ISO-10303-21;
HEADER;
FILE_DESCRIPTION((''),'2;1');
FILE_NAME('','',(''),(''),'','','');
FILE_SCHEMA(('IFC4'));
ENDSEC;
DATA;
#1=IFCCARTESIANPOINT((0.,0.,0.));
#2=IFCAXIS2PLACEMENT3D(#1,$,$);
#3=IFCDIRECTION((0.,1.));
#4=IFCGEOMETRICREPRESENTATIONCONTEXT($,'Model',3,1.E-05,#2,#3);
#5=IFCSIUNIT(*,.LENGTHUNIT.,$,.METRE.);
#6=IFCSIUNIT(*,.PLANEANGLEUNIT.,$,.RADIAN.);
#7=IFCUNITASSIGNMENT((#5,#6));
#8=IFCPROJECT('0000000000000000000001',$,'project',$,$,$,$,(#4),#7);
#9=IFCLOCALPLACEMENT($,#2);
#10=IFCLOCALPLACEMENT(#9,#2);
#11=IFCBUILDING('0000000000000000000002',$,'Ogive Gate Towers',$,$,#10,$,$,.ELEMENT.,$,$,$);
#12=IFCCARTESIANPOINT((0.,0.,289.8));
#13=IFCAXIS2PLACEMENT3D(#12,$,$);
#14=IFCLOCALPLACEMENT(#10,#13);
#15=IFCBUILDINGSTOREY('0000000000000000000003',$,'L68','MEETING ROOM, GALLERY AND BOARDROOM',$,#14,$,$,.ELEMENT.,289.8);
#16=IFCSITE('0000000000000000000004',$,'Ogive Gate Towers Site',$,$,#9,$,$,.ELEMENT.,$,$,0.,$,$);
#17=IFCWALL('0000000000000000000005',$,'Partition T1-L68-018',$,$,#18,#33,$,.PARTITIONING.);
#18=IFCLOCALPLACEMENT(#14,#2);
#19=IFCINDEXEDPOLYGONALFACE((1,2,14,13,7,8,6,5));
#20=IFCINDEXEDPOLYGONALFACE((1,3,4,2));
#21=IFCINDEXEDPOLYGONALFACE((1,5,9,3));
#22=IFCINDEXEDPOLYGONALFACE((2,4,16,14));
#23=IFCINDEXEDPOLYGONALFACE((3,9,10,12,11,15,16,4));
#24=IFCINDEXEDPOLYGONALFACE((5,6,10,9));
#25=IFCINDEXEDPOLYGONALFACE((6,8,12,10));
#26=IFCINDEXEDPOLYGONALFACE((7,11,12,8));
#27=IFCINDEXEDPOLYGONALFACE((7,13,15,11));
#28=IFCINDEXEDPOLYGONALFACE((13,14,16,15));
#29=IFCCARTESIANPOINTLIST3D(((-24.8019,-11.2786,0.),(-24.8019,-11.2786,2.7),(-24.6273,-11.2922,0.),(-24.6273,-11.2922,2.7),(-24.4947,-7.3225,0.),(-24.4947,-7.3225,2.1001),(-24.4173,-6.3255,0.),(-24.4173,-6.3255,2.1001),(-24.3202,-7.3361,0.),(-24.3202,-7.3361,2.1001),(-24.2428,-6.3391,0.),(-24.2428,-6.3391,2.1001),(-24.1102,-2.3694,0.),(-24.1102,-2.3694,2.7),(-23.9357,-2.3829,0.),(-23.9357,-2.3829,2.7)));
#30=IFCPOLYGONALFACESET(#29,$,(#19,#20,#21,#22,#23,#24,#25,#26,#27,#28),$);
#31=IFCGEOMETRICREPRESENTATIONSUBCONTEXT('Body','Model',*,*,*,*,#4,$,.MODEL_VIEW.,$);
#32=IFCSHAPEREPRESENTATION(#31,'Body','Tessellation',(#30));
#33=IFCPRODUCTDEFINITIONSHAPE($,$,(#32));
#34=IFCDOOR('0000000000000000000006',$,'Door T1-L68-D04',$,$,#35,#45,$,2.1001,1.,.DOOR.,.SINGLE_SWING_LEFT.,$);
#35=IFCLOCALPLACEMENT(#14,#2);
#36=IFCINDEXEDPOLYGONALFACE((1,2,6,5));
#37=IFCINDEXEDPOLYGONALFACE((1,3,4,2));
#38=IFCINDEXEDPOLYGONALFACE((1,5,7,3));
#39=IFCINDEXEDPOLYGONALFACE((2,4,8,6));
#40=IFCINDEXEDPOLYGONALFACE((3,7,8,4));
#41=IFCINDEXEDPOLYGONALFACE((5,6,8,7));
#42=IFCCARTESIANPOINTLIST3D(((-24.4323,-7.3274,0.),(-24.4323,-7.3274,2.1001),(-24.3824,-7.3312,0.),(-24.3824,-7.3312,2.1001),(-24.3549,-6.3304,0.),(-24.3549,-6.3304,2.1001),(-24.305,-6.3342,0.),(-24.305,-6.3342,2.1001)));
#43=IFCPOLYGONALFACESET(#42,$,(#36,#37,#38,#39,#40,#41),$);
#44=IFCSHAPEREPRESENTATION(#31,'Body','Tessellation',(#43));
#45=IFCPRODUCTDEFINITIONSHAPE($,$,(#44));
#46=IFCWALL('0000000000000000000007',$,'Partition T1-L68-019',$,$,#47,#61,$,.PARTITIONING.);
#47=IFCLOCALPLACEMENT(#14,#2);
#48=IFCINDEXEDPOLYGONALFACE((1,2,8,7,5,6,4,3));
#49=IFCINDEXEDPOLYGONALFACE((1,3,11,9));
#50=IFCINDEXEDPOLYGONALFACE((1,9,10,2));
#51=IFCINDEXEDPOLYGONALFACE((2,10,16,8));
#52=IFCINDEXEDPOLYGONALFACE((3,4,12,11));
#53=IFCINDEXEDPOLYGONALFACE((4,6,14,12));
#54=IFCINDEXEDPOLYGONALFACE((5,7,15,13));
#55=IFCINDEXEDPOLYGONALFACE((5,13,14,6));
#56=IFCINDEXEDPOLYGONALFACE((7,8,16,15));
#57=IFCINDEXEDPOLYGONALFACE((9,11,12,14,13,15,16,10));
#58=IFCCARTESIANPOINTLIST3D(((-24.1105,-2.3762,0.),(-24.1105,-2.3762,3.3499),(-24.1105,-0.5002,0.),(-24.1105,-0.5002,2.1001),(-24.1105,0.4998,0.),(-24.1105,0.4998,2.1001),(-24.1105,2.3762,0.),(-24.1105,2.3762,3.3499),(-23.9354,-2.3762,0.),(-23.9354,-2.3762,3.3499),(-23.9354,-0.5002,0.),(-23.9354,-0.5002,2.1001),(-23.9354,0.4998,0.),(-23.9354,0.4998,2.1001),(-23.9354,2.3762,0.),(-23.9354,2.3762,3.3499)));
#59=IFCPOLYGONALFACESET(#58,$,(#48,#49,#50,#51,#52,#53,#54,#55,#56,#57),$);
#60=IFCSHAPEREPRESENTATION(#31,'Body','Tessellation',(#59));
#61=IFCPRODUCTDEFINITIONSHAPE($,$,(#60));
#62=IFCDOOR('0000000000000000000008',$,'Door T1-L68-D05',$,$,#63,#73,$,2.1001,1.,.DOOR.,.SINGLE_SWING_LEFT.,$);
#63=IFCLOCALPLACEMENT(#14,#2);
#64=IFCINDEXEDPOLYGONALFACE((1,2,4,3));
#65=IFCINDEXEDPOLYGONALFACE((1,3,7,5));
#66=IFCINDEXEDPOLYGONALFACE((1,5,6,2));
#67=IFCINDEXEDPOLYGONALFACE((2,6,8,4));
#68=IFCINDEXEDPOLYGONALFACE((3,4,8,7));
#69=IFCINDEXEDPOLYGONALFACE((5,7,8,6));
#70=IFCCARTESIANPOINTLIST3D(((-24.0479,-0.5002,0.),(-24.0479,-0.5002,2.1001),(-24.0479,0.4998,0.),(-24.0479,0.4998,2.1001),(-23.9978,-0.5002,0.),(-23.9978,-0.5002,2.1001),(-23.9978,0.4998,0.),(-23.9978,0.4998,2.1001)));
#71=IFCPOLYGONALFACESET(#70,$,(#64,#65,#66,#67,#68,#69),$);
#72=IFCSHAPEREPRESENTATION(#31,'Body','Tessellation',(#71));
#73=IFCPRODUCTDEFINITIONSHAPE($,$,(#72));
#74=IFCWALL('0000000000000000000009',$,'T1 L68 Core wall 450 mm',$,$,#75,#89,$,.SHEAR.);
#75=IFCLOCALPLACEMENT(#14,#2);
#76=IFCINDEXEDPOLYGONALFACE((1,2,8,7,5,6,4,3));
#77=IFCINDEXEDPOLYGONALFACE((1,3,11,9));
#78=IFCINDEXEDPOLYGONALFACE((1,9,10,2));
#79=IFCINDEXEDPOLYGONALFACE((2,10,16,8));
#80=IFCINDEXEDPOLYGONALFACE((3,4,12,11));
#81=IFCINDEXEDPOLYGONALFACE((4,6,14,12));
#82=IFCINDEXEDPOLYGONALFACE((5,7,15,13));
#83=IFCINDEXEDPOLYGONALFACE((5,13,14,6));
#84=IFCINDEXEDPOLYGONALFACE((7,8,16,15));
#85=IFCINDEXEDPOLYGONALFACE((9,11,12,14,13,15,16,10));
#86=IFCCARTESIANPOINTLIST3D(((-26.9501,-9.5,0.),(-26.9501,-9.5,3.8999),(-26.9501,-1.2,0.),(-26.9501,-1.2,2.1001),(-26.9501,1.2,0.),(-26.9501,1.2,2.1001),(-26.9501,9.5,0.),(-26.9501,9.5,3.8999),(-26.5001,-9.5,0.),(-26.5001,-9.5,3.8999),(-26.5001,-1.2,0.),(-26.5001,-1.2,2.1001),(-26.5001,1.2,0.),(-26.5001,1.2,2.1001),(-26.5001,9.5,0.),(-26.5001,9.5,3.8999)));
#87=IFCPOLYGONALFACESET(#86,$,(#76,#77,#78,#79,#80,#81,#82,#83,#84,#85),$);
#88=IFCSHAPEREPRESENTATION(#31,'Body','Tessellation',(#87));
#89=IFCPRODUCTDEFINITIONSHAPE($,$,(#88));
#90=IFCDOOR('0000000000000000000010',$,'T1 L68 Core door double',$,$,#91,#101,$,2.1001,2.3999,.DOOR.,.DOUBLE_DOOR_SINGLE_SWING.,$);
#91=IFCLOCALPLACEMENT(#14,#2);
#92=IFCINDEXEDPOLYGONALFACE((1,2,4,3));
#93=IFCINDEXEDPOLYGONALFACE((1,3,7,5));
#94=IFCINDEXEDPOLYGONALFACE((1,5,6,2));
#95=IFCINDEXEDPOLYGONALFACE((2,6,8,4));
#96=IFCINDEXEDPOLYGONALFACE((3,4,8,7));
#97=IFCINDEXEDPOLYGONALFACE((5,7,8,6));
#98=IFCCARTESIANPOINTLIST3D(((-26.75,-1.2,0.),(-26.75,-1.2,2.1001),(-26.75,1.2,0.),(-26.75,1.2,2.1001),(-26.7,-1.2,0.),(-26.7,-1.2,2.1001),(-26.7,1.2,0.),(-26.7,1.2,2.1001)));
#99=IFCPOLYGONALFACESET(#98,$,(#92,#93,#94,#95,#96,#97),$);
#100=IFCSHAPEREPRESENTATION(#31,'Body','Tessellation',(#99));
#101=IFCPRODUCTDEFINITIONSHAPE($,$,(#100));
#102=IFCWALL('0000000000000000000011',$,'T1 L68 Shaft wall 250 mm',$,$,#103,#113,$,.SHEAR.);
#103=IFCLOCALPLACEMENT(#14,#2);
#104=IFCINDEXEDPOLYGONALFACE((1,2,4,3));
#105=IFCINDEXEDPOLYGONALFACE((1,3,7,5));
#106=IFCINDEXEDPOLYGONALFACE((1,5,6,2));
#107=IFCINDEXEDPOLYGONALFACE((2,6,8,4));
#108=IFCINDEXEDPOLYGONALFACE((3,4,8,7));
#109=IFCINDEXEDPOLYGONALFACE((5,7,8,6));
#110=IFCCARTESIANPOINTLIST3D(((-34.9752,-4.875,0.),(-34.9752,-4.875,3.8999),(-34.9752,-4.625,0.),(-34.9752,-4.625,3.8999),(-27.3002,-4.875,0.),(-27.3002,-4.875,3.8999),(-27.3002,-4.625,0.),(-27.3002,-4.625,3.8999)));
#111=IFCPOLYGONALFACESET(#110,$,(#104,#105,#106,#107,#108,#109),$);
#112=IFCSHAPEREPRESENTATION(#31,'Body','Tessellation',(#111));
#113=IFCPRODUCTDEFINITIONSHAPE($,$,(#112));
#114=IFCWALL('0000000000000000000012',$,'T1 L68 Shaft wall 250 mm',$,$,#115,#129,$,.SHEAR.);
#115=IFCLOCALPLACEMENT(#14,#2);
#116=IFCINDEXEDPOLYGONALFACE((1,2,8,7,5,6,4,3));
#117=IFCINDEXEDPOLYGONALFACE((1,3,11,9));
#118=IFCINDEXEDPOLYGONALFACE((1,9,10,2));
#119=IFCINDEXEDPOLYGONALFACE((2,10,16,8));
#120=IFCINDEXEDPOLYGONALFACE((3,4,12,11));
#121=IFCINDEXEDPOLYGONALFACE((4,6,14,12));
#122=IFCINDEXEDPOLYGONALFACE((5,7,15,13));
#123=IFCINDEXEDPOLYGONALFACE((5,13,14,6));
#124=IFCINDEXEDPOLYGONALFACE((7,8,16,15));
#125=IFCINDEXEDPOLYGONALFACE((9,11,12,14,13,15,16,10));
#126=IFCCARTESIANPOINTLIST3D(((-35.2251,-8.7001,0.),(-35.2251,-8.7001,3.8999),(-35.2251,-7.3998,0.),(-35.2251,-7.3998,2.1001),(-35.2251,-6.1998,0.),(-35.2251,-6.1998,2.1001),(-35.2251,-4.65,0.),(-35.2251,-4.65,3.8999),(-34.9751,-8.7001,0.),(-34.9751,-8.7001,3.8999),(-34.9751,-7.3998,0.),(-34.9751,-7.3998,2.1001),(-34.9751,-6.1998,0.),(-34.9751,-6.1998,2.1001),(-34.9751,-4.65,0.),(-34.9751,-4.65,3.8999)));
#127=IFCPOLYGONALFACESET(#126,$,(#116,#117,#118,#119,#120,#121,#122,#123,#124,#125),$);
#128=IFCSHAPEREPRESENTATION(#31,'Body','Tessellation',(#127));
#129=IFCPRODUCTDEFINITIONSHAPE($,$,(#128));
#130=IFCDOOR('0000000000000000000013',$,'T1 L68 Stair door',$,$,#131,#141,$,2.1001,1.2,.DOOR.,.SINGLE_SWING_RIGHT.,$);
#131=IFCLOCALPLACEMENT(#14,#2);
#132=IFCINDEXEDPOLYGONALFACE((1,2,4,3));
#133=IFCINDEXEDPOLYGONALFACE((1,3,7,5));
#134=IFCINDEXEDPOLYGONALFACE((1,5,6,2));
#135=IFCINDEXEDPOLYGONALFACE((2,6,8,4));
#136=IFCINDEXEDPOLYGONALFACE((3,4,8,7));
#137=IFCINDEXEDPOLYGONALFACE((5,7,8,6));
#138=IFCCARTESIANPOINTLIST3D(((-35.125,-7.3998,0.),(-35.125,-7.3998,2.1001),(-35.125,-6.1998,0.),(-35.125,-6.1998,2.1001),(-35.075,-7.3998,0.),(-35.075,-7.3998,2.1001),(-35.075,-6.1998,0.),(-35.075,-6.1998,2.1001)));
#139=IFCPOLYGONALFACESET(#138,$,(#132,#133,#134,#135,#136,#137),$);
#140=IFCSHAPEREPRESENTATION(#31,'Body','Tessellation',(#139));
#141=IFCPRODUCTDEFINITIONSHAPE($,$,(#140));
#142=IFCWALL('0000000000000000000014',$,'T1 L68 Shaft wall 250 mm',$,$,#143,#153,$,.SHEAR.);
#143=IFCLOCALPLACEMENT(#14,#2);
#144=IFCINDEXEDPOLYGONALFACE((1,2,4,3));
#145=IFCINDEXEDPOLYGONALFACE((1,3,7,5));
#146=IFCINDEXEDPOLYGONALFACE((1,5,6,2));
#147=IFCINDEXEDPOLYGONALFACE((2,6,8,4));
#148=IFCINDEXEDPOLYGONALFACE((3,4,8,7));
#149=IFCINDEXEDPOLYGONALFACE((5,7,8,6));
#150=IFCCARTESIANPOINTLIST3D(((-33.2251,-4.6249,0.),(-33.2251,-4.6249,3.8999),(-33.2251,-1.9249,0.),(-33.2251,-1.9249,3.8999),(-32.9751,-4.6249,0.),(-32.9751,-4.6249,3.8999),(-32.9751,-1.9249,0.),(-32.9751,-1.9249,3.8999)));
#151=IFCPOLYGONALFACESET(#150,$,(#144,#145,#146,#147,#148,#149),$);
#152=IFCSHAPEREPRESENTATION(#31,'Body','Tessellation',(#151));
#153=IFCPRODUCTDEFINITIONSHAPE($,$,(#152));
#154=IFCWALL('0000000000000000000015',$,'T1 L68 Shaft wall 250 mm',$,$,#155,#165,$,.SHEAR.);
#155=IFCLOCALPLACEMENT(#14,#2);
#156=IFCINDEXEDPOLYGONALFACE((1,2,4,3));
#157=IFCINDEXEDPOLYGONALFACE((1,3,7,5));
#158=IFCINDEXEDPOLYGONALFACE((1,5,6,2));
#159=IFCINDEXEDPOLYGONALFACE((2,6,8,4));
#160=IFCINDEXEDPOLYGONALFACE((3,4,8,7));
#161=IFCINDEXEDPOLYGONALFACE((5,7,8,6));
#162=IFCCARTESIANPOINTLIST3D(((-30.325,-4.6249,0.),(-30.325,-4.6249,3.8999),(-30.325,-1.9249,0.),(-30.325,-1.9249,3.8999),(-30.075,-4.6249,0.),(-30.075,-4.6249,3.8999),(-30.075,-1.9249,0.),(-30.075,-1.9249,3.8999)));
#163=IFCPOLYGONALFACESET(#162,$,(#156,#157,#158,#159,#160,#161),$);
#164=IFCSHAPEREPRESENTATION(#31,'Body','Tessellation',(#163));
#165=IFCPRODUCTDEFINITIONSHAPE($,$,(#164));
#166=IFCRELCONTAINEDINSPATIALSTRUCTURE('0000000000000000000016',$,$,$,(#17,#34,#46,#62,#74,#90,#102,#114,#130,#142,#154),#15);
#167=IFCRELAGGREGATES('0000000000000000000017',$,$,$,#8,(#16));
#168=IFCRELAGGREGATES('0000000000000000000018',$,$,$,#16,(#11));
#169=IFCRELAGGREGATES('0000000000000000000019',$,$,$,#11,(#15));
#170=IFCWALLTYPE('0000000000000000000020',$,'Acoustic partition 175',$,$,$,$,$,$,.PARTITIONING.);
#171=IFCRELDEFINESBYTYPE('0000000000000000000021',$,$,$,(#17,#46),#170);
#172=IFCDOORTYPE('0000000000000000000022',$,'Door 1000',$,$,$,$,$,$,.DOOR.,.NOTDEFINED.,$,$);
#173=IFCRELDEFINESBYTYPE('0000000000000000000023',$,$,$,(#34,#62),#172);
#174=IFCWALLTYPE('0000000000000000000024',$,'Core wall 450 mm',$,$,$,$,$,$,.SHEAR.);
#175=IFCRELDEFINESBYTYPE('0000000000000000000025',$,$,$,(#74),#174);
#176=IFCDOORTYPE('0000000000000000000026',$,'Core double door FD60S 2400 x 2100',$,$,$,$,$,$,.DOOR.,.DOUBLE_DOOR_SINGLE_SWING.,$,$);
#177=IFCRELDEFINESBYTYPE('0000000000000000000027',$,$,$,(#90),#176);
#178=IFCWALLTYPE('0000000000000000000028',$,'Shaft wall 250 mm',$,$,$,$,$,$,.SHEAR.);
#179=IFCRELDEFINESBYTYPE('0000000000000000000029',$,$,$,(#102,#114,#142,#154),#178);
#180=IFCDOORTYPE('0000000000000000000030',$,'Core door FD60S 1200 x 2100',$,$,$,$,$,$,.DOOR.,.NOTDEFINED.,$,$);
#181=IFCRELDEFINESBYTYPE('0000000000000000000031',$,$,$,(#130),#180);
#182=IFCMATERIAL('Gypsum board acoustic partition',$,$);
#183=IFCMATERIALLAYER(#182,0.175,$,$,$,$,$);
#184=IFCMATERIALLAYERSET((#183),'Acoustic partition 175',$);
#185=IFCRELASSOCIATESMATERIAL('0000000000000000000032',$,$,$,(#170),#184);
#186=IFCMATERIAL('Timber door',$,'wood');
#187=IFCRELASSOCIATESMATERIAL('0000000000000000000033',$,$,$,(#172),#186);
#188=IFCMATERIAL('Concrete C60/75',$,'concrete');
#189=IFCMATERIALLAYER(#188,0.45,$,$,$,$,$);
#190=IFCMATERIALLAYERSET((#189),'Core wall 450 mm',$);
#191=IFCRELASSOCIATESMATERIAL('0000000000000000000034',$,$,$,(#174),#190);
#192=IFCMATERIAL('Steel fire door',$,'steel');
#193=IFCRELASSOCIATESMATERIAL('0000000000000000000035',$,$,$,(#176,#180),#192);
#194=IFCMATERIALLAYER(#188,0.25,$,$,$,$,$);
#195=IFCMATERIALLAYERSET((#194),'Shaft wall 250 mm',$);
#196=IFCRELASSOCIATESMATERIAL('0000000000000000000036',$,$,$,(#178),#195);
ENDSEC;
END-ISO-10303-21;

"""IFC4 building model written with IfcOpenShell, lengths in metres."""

from ifc_helpers import new_model, si_unit, direction, frame, frame_2d, origin, place, context, subcontext, project, spatial, rectangle, extrude, material, layer, layer_set, type_object, element, fill, save


model = new_model("IFC4")

# Units and contexts
model_context = context("Model", 3, precision=1e-05, world=origin(), true_north=direction((0.0, 1.0)))
body_context = subcontext(model_context, "Body", "Model", "MODEL_VIEW")
ifc_project = project(units=[si_unit("LENGTHUNIT", "METRE"), si_unit("PLANEANGLEUNIT", "RADIAN")], contexts=[model_context])

# Site, building, storey
site_placement = place(None, origin())
site = spatial("IfcSite", under=ifc_project, at=site_placement, Name="Ogive Gate Towers Site", CompositionType="ELEMENT", RefElevation=0.0)
building_placement = place(site_placement, origin())
building = spatial("IfcBuilding", under=site, at=building_placement, Name="Ogive Gate Towers", CompositionType="ELEMENT")
storey_placement = place(building_placement, frame((0.0, 0.0, 289.8)))
storey = spatial("IfcBuildingStorey", under=building, at=storey_placement, Name="L68", Description="MEETING ROOM, GALLERY AND BOARDROOM", CompositionType="ELEMENT", Elevation=289.8)

# Shared definitions
ifc_material_1 = material(Name="Gypsum board acoustic partition")
ifc_layer_1 = layer(ifc_material_1, 0.175)
ifc_layer_set_1 = layer_set([ifc_layer_1], Name="Acoustic partition 175")
wall_type_1 = type_object("IfcWallType", Name="Acoustic partition 175", PredefinedType="PARTITIONING", material=ifc_layer_set_1)

# Walls, openings, doors
ifc_material_2 = material(Name="Timber door", Category="wood")
door_type_1 = type_object("IfcDoorType", Name="Door 1000", OperationType="NOTDEFINED", PredefinedType="DOOR", material=ifc_material_2)
wall_1_placement = place(storey_placement, frame((-24.7146, -11.2854, 0.0), z_axis=(0.0, 0.0, 1.0), x_axis=(0.077401, 0.997, 0.0)))
wall_1 = element("IfcWall", 1, at=wall_1_placement, inside=storey, type_object=wall_type_1, Name="Partition T1-L68-018", PredefinedType="PARTITIONING", context=body_context, shape_type="SweptSolid", body=[
    extrude(rectangle(XDim=8.936, YDim=0.175, at=frame_2d((4.468, 0.0))), origin(), (0.0, 0.0, 1.0), 2.7),
])
opening_1_placement = place(wall_1_placement, frame((3.968, 0.0, 0.0)))
opening_1 = element("IfcOpeningElement", 2, at=opening_1_placement, cuts=wall_1, PredefinedType="OPENING", context=body_context, shape_type="SweptSolid", body=[
    extrude(rectangle(XDim=1.0, YDim=2.1001, at=frame_2d((0.5, 1.05))), frame((0.0, 0.0977, 0.0), z_axis=(0.0, -1.0, 0.0), x_axis=(1.0, 0.0, 0.0)), (0.0, 0.0, 1.0), 0.1951),
])
door_1_placement = place(opening_1_placement, origin())
door_1 = element("IfcDoor", 3, at=door_1_placement, inside=storey, type_object=door_type_1, Name="Door T1-L68-D04", OperationType="SINGLE_SWING_LEFT", OverallHeight=2.1001, OverallWidth=1.0, PredefinedType="DOOR", context=body_context, shape_type="SweptSolid", body=[
    extrude(rectangle(XDim=1.0, YDim=2.1001, at=frame_2d((0.5, 1.05))), frame((0.0, 0.0249, 0.0), z_axis=(0.0, -1.0, 0.0), x_axis=(1.0, 0.0, 0.0)), (0.0, 0.0, 1.0), 0.05),
])
fill(opening_1, door_1)
wall_2_placement = place(storey_placement, frame((-24.0229, -2.3762, 0.0), z_axis=(0.0, 0.0, 1.0), x_axis=(0.0, 1.0, 0.0)))
wall_2 = element("IfcWall", 4, at=wall_2_placement, inside=storey, type_object=wall_type_1, Name="Partition T1-L68-019", PredefinedType="PARTITIONING", context=body_context, shape_type="SweptSolid", body=[
    extrude(rectangle(XDim=4.7524, YDim=0.175, at=frame_2d((2.3762, 0.0))), origin(), (0.0, 0.0, 1.0), 3.3499),
])
opening_2_placement = place(wall_2_placement, frame((1.876, 0.0, 0.0)))
opening_2 = element("IfcOpeningElement", 5, at=opening_2_placement, cuts=wall_2, PredefinedType="OPENING", context=body_context, shape_type="SweptSolid", body=[
    extrude(rectangle(XDim=1.0, YDim=2.1001, at=frame_2d((0.5, 1.05))), frame((0.0, 0.0977, 0.0), z_axis=(0.0, -1.0, 0.0), x_axis=(1.0, 0.0, 0.0)), (0.0, 0.0, 1.0), 0.1951),
])
door_2_placement = place(opening_2_placement, origin())
door_2 = element("IfcDoor", 6, at=door_2_placement, inside=storey, type_object=door_type_1, Name="Door T1-L68-D05", OperationType="SINGLE_SWING_LEFT", OverallHeight=2.1001, OverallWidth=1.0, PredefinedType="DOOR", context=body_context, shape_type="SweptSolid", body=[
    extrude(rectangle(XDim=1.0, YDim=2.1001, at=frame_2d((0.5, 1.05))), frame((0.0, 0.0249, 0.0), z_axis=(0.0, -1.0, 0.0), x_axis=(1.0, 0.0, 0.0)), (0.0, 0.0, 1.0), 0.05),
])
fill(opening_2, door_2)
ifc_material_3 = material(Name="Concrete C60/75", Category="concrete")
ifc_layer_2 = layer(ifc_material_3, 0.45)
ifc_layer_set_2 = layer_set([ifc_layer_2], Name="Core wall 450 mm")
wall_type_2 = type_object("IfcWallType", Name="Core wall 450 mm", PredefinedType="SHEAR", material=ifc_layer_set_2)
wall_3_placement = place(storey_placement, frame((-26.7251, -9.5, 0.0), z_axis=(0.0, 0.0, 1.0), x_axis=(0.0, 1.0, 0.0)))
wall_3 = element("IfcWall", 7, at=wall_3_placement, inside=storey, type_object=wall_type_2, Name="T1 L68 Core wall 450 mm", PredefinedType="SHEAR", context=body_context, shape_type="SweptSolid", body=[
    extrude(rectangle(XDim=19.0, YDim=0.45, at=frame_2d((9.5, 0.0))), origin(), (0.0, 0.0, 1.0), 3.8999),
])
opening_3_placement = place(wall_3_placement, frame((8.3, 0.0, 0.0)))
opening_3 = element("IfcOpeningElement", 8, at=opening_3_placement, cuts=wall_3, PredefinedType="OPENING", context=body_context, shape_type="SweptSolid", body=[
    extrude(rectangle(XDim=2.3999, YDim=2.1001, at=frame_2d((1.2, 1.05))), frame((0.0, 0.2349, 0.0), z_axis=(0.0, -1.0, 0.0), x_axis=(1.0, 0.0, 0.0)), (0.0, 0.0, 1.0), 0.47),
])
ifc_material_4 = material(Name="Steel fire door", Category="steel")
door_type_2 = type_object("IfcDoorType", Name="Core double door FD60S 2400 x 2100", OperationType="DOUBLE_DOOR_SINGLE_SWING", PredefinedType="DOOR", material=ifc_material_4)
door_3_placement = place(opening_3_placement, origin())
door_3 = element("IfcDoor", 9, at=door_3_placement, inside=storey, type_object=door_type_2, Name="T1 L68 Core door double", OperationType="DOUBLE_DOOR_SINGLE_SWING", OverallHeight=2.1001, OverallWidth=2.3999, PredefinedType="DOOR", context=body_context, shape_type="SweptSolid", body=[
    extrude(rectangle(XDim=2.3999, YDim=2.1001, at=frame_2d((1.2, 1.05))), frame((0.0, 0.0249, 0.0), z_axis=(0.0, -1.0, 0.0), x_axis=(1.0, 0.0, 0.0)), (0.0, 0.0, 1.0), 0.05),
])
fill(opening_3, door_3)

# Wall
ifc_layer_3 = layer(ifc_material_3, 0.25)
ifc_layer_set_3 = layer_set([ifc_layer_3], Name="Shaft wall 250 mm")
wall_type_3 = type_object("IfcWallType", Name="Shaft wall 250 mm", PredefinedType="SHEAR", material=ifc_layer_set_3)
wall_4_placement = place(storey_placement, frame((-34.9751, -4.75, 0.0), z_axis=(0.0, 0.0, 1.0), x_axis=(1.0, 0.0, 0.0)))
element("IfcWall", 10, at=wall_4_placement, inside=storey, type_object=wall_type_3, Name="T1 L68 Shaft wall 250 mm", PredefinedType="SHEAR", context=body_context, shape_type="SweptSolid", body=[
    extrude(rectangle(XDim=7.675, YDim=0.25, at=frame_2d((3.8374, 0.0))), origin(), (0.0, 0.0, 1.0), 3.8999),
])

# Wall, opening, door
wall_5_placement = place(storey_placement, frame((-35.1001, -8.7, 0.0), z_axis=(0.0, 0.0, 1.0), x_axis=(0.0, 1.0, 0.0)))
wall_5 = element("IfcWall", 11, at=wall_5_placement, inside=storey, type_object=wall_type_3, Name="T1 L68 Shaft wall 250 mm", PredefinedType="SHEAR", context=body_context, shape_type="SweptSolid", body=[
    extrude(rectangle(XDim=4.05, YDim=0.25, at=frame_2d((2.0249, 0.0))), origin(), (0.0, 0.0, 1.0), 3.8999),
])
opening_4_placement = place(wall_5_placement, frame((1.3, 0.0, 0.0)))
opening_4 = element("IfcOpeningElement", 12, at=opening_4_placement, cuts=wall_5, PredefinedType="OPENING", context=body_context, shape_type="SweptSolid", body=[
    extrude(rectangle(XDim=1.2, YDim=2.1001, at=frame_2d((0.6001, 1.05))), frame((0.0, 0.135, 0.0), z_axis=(0.0, -1.0, 0.0), x_axis=(1.0, 0.0, 0.0)), (0.0, 0.0, 1.0), 0.27),
])
door_type_3 = type_object("IfcDoorType", Name="Core door FD60S 1200 x 2100", OperationType="NOTDEFINED", PredefinedType="DOOR", material=ifc_material_4)
door_4_placement = place(opening_4_placement, origin())
door_4 = element("IfcDoor", 13, at=door_4_placement, inside=storey, type_object=door_type_3, Name="T1 L68 Stair door", OperationType="SINGLE_SWING_RIGHT", OverallHeight=2.1001, OverallWidth=1.2, PredefinedType="DOOR", context=body_context, shape_type="SweptSolid", body=[
    extrude(rectangle(XDim=1.2, YDim=2.1001, at=frame_2d((0.6001, 1.05))), frame((0.0, 0.0249, 0.0), z_axis=(0.0, -1.0, 0.0), x_axis=(1.0, 0.0, 0.0)), (0.0, 0.0, 1.0), 0.05),
])
fill(opening_4, door_4)

# Walls
for number, where, z_axis, x_axis, name in (
    (14, (-33.1001, -4.625, 0.0), (0.0, 0.0, 1.0), (0.0, 1.0, 0.0), "T1 L68 Shaft wall 250 mm"),
    (15, (-30.2, -4.625, 0.0), (0.0, 0.0, 1.0), (0.0, 1.0, 0.0), "T1 L68 Shaft wall 250 mm"),
):
    element("IfcWall", number, at=place(storey_placement, frame(where, z_axis=z_axis, x_axis=x_axis)), inside=storey, type_object=wall_type_3, Name=name, PredefinedType="SHEAR", context=body_context, shape_type="SweptSolid", body=[
        extrude(rectangle(XDim=2.7, YDim=0.25, at=frame_2d((1.3501, 0.0))), origin(), (0.0, 0.0, 1.0), 3.8999),
    ])

save(model, "model.ifc")
